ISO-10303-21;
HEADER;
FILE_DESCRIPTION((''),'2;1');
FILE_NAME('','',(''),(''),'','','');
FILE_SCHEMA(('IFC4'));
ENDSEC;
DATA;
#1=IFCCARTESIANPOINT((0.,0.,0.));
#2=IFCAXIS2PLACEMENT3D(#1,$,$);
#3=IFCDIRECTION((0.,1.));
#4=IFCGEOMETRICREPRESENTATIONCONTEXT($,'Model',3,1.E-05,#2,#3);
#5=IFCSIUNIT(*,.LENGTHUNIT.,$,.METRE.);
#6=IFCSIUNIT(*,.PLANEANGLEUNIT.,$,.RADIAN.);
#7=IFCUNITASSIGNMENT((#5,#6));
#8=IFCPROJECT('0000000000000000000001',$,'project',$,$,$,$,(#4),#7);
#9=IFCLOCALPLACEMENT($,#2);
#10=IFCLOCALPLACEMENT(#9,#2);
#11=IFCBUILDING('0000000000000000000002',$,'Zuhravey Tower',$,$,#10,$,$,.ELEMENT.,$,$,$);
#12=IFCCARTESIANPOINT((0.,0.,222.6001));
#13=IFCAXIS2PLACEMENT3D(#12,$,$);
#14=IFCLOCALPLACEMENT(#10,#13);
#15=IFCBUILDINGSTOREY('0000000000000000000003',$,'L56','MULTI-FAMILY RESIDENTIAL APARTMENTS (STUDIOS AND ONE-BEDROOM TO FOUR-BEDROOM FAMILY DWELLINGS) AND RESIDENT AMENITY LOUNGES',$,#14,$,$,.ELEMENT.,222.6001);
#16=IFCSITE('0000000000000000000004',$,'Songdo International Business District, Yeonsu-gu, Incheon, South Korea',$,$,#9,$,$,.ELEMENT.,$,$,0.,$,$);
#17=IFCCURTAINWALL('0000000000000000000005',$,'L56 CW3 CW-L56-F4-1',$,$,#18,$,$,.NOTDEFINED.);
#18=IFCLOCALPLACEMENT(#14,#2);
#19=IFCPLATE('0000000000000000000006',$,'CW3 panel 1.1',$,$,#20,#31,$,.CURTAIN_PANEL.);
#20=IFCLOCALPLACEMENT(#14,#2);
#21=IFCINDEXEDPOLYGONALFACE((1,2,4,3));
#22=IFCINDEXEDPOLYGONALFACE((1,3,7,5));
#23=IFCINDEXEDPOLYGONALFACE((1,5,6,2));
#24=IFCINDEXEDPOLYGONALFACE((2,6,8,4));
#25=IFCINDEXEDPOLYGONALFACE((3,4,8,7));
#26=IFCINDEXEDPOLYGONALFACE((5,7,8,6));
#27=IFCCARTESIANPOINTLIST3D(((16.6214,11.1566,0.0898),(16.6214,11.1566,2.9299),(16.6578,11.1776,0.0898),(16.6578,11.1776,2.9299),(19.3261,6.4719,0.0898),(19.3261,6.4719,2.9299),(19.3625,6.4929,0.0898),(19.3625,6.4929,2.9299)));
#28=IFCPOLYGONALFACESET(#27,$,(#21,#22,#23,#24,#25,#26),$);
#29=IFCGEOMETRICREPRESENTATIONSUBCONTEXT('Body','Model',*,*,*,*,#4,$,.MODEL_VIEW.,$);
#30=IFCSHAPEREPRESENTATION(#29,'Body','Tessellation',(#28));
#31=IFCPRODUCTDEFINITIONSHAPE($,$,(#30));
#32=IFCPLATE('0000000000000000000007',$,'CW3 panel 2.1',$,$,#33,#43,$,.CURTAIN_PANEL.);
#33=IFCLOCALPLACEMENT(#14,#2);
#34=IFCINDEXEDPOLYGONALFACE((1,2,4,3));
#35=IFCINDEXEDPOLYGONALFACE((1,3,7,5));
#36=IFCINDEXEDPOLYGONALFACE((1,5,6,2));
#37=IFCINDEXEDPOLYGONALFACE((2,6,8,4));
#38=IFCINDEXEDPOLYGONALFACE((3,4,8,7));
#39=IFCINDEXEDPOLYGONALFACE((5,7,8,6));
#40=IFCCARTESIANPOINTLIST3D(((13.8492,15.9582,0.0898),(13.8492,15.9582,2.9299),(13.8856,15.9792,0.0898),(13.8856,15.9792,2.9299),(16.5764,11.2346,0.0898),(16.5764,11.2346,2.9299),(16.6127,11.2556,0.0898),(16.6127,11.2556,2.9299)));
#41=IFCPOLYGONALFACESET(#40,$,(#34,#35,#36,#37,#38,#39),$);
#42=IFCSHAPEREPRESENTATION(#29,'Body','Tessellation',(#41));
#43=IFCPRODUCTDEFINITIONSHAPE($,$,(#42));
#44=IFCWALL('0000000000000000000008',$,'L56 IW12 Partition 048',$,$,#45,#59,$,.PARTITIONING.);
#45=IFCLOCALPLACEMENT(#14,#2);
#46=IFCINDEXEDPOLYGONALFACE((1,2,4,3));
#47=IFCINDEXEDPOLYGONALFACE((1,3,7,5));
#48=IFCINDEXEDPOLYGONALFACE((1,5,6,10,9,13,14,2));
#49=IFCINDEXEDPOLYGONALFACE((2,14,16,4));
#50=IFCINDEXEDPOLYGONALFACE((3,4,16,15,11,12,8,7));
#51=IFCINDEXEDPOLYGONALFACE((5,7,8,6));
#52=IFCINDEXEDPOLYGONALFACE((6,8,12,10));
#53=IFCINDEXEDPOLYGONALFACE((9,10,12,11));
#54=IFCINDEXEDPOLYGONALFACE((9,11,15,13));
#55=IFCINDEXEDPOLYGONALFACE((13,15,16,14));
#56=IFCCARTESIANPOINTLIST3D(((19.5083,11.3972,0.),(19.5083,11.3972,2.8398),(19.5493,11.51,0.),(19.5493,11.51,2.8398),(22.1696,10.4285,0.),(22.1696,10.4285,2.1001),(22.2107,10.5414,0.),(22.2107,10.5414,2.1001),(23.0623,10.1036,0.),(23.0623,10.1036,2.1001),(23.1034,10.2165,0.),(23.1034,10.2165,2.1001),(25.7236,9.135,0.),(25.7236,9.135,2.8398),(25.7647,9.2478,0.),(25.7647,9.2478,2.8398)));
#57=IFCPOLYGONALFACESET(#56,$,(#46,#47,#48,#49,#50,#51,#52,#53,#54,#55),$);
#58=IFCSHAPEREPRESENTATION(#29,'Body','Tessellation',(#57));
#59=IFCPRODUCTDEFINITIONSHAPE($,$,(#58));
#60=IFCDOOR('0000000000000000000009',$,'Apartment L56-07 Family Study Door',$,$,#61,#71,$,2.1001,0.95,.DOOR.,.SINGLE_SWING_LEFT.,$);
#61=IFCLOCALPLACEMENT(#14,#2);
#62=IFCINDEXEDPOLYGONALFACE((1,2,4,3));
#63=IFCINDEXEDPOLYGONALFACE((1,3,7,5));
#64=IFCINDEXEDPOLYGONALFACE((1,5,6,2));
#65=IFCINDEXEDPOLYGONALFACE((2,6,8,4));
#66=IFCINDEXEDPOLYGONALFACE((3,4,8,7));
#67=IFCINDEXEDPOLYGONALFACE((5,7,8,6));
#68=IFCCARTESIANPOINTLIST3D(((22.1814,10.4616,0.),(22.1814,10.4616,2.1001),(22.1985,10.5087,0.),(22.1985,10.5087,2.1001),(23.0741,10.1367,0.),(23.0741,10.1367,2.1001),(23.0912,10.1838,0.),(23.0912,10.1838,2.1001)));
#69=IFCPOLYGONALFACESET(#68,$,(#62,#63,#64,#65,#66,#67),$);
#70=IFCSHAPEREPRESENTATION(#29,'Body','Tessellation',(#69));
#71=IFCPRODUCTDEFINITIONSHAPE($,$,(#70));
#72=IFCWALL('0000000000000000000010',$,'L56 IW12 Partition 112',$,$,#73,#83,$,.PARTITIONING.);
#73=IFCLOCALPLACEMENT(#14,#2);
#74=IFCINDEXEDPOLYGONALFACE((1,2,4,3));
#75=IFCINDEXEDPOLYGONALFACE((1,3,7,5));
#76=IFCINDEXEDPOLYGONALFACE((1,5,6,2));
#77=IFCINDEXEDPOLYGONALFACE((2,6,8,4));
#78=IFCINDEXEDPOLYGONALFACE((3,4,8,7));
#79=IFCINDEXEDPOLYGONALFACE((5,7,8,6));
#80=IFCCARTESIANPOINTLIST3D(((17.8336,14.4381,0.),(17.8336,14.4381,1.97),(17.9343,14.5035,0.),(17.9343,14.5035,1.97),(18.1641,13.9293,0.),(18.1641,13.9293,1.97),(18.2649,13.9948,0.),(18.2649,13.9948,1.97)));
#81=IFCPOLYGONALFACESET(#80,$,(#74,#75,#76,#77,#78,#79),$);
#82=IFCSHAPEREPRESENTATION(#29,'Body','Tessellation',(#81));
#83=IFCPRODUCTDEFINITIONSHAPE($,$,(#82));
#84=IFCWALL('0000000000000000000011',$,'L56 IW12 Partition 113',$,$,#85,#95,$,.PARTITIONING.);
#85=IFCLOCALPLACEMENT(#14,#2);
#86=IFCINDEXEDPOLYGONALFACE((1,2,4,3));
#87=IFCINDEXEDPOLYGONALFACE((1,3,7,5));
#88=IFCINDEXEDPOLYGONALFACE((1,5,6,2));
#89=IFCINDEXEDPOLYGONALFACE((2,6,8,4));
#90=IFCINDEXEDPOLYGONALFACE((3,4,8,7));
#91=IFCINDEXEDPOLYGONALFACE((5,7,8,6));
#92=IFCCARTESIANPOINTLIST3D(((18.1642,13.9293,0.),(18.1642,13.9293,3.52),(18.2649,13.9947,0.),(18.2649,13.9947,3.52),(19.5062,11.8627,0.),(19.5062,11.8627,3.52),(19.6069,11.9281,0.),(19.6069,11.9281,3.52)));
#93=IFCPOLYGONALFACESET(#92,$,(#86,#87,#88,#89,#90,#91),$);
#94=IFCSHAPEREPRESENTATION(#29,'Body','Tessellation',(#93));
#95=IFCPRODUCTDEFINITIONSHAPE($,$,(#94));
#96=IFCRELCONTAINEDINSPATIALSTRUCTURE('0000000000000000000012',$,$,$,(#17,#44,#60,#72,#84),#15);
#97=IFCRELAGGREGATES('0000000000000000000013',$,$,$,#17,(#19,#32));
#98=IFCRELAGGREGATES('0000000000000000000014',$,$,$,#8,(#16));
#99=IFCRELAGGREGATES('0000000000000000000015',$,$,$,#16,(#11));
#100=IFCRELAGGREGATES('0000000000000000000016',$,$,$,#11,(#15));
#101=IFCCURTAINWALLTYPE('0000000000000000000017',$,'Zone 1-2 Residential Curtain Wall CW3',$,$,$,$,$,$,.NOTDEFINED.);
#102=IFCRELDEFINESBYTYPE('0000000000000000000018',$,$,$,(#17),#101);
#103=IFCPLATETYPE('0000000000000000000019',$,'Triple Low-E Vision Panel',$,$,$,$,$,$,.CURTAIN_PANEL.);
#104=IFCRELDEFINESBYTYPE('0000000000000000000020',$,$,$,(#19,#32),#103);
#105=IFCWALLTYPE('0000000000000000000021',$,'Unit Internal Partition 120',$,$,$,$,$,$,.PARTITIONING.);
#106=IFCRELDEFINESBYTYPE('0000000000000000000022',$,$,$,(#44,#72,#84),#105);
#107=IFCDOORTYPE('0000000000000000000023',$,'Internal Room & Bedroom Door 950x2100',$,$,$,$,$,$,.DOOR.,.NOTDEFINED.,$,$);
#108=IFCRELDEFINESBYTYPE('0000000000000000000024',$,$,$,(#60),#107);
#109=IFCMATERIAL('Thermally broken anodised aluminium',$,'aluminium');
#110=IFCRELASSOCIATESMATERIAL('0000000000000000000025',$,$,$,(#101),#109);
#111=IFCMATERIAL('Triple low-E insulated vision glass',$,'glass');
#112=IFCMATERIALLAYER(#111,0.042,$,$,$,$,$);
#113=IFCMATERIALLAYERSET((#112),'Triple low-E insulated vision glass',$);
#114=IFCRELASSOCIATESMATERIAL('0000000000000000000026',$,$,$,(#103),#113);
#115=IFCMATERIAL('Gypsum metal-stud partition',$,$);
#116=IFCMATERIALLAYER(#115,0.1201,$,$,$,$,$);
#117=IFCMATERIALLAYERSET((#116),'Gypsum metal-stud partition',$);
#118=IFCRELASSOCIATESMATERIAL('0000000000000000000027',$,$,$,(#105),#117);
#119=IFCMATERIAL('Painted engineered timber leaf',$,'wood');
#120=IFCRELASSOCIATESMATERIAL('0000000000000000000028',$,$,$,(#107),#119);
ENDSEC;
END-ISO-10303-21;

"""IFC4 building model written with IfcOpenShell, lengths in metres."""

from ifc_helpers import new_model, si_unit, direction, frame, frame_2d, origin, origin_2d, place, context, subcontext, project, spatial, rectangle, extrude, material, layer, layer_set, type_object, element, fill, aggregate, save


model = new_model("IFC4")

# Units and contexts
model_context = context("Model", 3, precision=1e-05, world=origin(), true_north=direction((0.0, 1.0)))
body_context = subcontext(model_context, "Body", "Model", "MODEL_VIEW")
ifc_project = project(units=[si_unit("LENGTHUNIT", "METRE"), si_unit("PLANEANGLEUNIT", "RADIAN")], contexts=[model_context])

# Site, building, storey
site_placement = place(None, origin())
site = spatial("IfcSite", under=ifc_project, at=site_placement, Name="Songdo International Business District, Yeonsu-gu, Incheon, South Korea", CompositionType="ELEMENT", RefElevation=0.0)
building_placement = place(site_placement, origin())
building = spatial("IfcBuilding", under=site, at=building_placement, Name="Zuhravey Tower", CompositionType="ELEMENT")
storey_placement = place(building_placement, frame((0.0, 0.0, 222.6001)))
storey = spatial("IfcBuildingStorey", under=building, at=storey_placement, Name="L56", Description="MULTI-FAMILY RESIDENTIAL APARTMENTS (STUDIOS AND ONE-BEDROOM TO FOUR-BEDROOM FAMILY DWELLINGS) AND RESIDENT AMENITY LOUNGES", CompositionType="ELEMENT", Elevation=222.6001)

# Curtain wall
ifc_material_1 = material(Name="Thermally broken anodised aluminium", Category="aluminium")
curtain_wall_type = type_object("IfcCurtainWallType", Name="Zone 1-2 Residential Curtain Wall CW3", PredefinedType="NOTDEFINED", material=ifc_material_1)
curtain_wall_placement = place(storey_placement, origin())
curtain_wall = element("IfcCurtainWall", 1, at=curtain_wall_placement, inside=storey, type_object=curtain_wall_type, Name="L56 CW3 CW-L56-F4-1", PredefinedType="NOTDEFINED")

# Plates
ifc_material_2 = material(Name="Triple low-E insulated vision glass", Category="glass")
ifc_layer_1 = layer(ifc_material_2, 0.042)
ifc_layer_set_1 = layer_set([ifc_layer_1], Name="Triple low-E insulated vision glass")
plate_type_1 = type_object("IfcPlateType", Name="Triple Low-E Vision Panel", PredefinedType="CURTAIN_PANEL", material=ifc_layer_set_1)
plate_1_placement = place(storey_placement, frame((17.9919, 8.8247, 0.0898), z_axis=(0.0, 0.0, 1.0), x_axis=(-0.5, 0.866025, 0.0)))
plate_1 = element("IfcPlate", 2, at=plate_1_placement, type_object=plate_type_1, Name="CW3 panel 1.1", PredefinedType="CURTAIN_PANEL", context=body_context, shape_type="SweptSolid", body=[
    extrude(rectangle(XDim=5.4094, YDim=0.042, at=origin_2d()), origin(), (0.0, 0.0, 1.0), 2.8401),
])
plate_2_placement = place(storey_placement, frame((15.231, 13.6069, 0.0898), z_axis=(0.0, 0.0, 1.0), x_axis=(-0.5, 0.866025, 0.0)))
plate_2 = element("IfcPlate", 3, at=plate_2_placement, type_object=plate_type_1, Name="CW3 panel 2.1", PredefinedType="CURTAIN_PANEL", context=body_context, shape_type="SweptSolid", body=[
    extrude(rectangle(XDim=5.4543, YDim=0.042, at=origin_2d()), origin(), (0.0, 0.0, 1.0), 2.8401),
])
aggregate(curtain_wall, [plate_1, plate_2])

# Wall, opening, door
ifc_material_3 = material(Name="Gypsum metal-stud partition")
ifc_layer_2 = layer(ifc_material_3, 0.1201)
ifc_layer_set_2 = layer_set([ifc_layer_2], Name="Gypsum metal-stud partition")
wall_type = type_object("IfcWallType", Name="Unit Internal Partition 120", PredefinedType="PARTITIONING", material=ifc_layer_set_2)
wall_1_placement = place(storey_placement, frame((19.5288, 11.4536, 0.0), z_axis=(0.0, 0.0, 1.0), x_axis=(0.939692, -0.342022, 0.0)))
wall_1 = element("IfcWall", 4, at=wall_1_placement, inside=storey, type_object=wall_type, Name="L56 IW12 Partition 048", PredefinedType="PARTITIONING", context=body_context, shape_type="SweptSolid", body=[
    extrude(rectangle(XDim=6.6143, YDim=0.1201, at=frame_2d((3.3071, 0.0))), origin(), (0.0, 0.0, 1.0), 2.8398),
])
opening_placement = place(wall_1_placement, frame((2.832, 0.0, 0.0)))
opening = element("IfcOpeningElement", 5, at=opening_placement, cuts=wall_1, PredefinedType="OPENING", context=body_context, shape_type="SweptSolid", body=[
    extrude(rectangle(XDim=0.95, YDim=2.1001, at=frame_2d((0.4751, 1.05))), frame((0.0, 0.072, 0.0), z_axis=(0.0, -1.0, 0.0), x_axis=(1.0, 0.0, 0.0)), (0.0, 0.0, 1.0), 0.144),
])
ifc_material_4 = material(Name="Painted engineered timber leaf", Category="wood")
door_type = type_object("IfcDoorType", Name="Internal Room & Bedroom Door 950x2100", OperationType="NOTDEFINED", PredefinedType="DOOR", material=ifc_material_4)
door_placement = place(opening_placement, frame((0.95, 0.0, 0.0), z_axis=(0.0, 0.0, 1.0), x_axis=(-1.0, 0.0, 0.0)))
door = element("IfcDoor", 6, at=door_placement, inside=storey, type_object=door_type, Name="Apartment L56-07 Family Study Door", OperationType="SINGLE_SWING_LEFT", OverallHeight=2.1001, OverallWidth=0.95, PredefinedType="DOOR", context=body_context, shape_type="SweptSolid", body=[
    extrude(rectangle(XDim=0.95, YDim=2.1001, at=frame_2d((0.4751, 1.05))), frame((0.0, 0.0249, 0.0), z_axis=(0.0, -1.0, 0.0), x_axis=(1.0, 0.0, 0.0)), (0.0, 0.0, 1.0), 0.05),
])
fill(opening, door)

# Walls
wall_2_placement = place(storey_placement, frame((17.884, 14.4707, 0.0), z_axis=(0.0, 0.0, 1.0), x_axis=(0.544819, -0.838554, 0.0)))
element("IfcWall", 7, at=wall_2_placement, inside=storey, type_object=wall_type, Name="L56 IW12 Partition 112", PredefinedType="PARTITIONING", context=body_context, shape_type="SweptSolid", body=[
    extrude(rectangle(XDim=0.6067, YDim=0.1201, at=frame_2d((0.3032, 0.0))), origin(), (0.0, 0.0, 1.0), 1.97),
])
wall_3_placement = place(storey_placement, frame((18.2146, 13.9619, 0.0), z_axis=(0.0, 0.0, 1.0), x_axis=(0.544623, -0.838681, 0.0)))
element("IfcWall", 8, at=wall_3_placement, inside=storey, type_object=wall_type, Name="L56 IW12 Partition 113", PredefinedType="PARTITIONING", context=body_context, shape_type="SweptSolid", body=[
    extrude(rectangle(XDim=2.4641, YDim=0.1201, at=frame_2d((1.2319, 0.0))), origin(), (0.0, 0.0, 1.0), 3.52),
])

save(model, "model.ifc")
